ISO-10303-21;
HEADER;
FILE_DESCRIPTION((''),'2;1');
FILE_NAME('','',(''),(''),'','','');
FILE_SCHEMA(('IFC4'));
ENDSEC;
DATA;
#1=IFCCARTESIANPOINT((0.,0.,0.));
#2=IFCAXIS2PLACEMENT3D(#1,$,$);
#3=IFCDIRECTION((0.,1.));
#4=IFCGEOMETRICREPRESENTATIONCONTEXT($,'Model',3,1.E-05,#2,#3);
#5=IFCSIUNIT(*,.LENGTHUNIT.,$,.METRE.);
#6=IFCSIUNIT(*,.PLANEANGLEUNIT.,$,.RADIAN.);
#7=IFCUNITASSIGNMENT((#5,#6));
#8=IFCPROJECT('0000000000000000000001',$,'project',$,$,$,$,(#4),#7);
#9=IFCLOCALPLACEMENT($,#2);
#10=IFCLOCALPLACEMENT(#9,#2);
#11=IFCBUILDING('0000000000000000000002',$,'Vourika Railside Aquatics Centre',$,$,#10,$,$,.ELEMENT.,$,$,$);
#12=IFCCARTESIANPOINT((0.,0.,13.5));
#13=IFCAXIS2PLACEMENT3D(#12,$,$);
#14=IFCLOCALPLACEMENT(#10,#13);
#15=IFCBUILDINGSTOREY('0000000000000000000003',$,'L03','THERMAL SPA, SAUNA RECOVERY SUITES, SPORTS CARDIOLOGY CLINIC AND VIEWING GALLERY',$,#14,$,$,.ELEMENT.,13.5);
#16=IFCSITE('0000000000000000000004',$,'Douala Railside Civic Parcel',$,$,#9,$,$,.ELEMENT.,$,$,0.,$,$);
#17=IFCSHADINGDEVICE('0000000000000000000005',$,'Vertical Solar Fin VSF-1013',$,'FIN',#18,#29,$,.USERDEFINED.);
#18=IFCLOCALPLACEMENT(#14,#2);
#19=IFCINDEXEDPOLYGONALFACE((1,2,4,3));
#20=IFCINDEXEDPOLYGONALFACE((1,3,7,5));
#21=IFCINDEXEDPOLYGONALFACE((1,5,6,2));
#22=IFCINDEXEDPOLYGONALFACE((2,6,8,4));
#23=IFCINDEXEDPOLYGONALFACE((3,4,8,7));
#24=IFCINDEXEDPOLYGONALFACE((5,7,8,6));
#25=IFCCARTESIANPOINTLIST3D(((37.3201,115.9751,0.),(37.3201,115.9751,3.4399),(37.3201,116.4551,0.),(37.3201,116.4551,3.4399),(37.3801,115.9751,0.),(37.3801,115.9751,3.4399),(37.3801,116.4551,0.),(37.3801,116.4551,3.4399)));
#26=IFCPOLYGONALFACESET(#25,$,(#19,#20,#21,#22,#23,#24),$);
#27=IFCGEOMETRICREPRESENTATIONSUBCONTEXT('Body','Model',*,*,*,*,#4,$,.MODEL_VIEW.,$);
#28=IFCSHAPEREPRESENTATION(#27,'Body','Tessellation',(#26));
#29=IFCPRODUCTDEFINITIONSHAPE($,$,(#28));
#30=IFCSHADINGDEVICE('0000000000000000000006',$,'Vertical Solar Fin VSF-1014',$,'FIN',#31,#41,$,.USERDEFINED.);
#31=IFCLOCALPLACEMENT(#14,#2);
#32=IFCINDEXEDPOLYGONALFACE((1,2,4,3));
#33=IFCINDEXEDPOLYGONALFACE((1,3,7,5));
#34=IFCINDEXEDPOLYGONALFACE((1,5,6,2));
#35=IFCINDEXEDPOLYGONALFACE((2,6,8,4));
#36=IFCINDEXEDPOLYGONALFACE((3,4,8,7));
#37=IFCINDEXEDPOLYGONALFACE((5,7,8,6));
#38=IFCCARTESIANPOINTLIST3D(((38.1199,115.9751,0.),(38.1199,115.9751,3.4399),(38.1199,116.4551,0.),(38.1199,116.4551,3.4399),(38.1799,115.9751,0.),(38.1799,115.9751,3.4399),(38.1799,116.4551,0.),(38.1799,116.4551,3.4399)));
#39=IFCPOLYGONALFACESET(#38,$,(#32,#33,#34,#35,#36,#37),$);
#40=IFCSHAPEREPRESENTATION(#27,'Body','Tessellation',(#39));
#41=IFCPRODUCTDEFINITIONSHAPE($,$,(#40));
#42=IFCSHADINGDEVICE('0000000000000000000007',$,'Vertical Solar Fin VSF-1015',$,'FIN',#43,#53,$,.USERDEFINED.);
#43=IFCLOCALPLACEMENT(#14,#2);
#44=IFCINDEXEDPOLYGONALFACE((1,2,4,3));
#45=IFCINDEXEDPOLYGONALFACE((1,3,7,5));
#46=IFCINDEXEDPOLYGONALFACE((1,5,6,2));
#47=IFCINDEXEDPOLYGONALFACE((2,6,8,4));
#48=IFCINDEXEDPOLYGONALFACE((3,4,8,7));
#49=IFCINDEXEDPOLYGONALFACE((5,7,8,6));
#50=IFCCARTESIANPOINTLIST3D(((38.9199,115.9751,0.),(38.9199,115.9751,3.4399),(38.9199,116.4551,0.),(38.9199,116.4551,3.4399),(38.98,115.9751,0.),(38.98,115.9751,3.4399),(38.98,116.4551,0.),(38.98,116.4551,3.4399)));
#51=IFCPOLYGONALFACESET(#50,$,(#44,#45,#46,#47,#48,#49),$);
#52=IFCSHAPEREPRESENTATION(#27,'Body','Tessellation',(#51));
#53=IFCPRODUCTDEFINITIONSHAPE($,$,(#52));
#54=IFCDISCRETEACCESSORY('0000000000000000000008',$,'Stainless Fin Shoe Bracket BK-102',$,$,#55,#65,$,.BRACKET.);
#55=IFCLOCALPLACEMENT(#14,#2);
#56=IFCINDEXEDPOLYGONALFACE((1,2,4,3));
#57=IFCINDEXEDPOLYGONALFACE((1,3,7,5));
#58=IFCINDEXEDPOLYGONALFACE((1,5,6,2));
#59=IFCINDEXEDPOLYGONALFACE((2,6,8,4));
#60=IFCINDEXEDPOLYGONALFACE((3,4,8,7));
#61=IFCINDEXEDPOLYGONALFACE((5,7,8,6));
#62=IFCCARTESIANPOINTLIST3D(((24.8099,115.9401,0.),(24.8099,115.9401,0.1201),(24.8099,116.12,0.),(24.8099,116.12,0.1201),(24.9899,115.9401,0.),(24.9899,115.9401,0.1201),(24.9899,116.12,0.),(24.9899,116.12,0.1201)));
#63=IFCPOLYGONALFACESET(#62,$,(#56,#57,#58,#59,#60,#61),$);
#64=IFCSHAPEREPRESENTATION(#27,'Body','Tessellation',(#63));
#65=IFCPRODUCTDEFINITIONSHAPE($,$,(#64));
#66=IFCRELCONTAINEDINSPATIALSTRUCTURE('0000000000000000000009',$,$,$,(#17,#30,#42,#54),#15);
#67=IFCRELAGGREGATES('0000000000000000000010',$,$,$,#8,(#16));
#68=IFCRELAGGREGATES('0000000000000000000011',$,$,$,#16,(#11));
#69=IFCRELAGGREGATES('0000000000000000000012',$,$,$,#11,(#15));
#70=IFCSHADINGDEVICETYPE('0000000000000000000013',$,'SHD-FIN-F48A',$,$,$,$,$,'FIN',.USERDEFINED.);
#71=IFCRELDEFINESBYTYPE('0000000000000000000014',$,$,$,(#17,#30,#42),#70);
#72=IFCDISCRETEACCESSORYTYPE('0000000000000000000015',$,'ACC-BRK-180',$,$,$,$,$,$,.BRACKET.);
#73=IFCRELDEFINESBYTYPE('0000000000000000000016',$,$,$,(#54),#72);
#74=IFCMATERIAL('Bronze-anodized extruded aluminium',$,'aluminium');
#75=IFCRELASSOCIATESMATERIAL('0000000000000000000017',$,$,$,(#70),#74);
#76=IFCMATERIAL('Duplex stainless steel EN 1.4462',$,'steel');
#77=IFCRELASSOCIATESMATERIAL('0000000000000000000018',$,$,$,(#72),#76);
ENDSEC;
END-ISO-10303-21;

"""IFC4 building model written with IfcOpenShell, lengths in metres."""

from ifc_helpers import new_model, si_unit, direction, frame, origin, origin_2d, place, context, subcontext, project, spatial, rectangle, extrude, material, material_profile, profile_set, type_object, element, save


model = new_model("IFC4")

# Units and contexts
model_context = context("Model", 3, precision=1e-05, world=origin(), true_north=direction((0.0, 1.0)))
body_context = subcontext(model_context, "Body", "Model", "MODEL_VIEW")
ifc_project = project(units=[si_unit("LENGTHUNIT", "METRE"), si_unit("PLANEANGLEUNIT", "RADIAN")], contexts=[model_context])

# Site, building, storey
site_placement = place(None, origin())
site = spatial("IfcSite", under=ifc_project, at=site_placement, Name="Douala Railside Civic Parcel", CompositionType="ELEMENT", RefElevation=0.0)
building_placement = place(site_placement, origin())
building = spatial("IfcBuilding", under=site, at=building_placement, Name="Vourika Railside Aquatics Centre", CompositionType="ELEMENT")
storey_placement = place(building_placement, frame((0.0, 0.0, 13.5)))
storey = spatial("IfcBuildingStorey", under=building, at=storey_placement, Name="L03", Description="THERMAL SPA, SAUNA RECOVERY SUITES, SPORTS CARDIOLOGY CLINIC AND VIEWING GALLERY", CompositionType="ELEMENT", Elevation=13.5)

# Shared definitions
ifc_material_1 = material(Name="Duplex stainless steel EN 1.4462", Category="steel")

# Shading devices
ifc_material_2 = material(Name="Bronze-anodized extruded aluminium", Category="aluminium")
ifc_material_profile_1 = material_profile(ifc_material_2, rectangle(XDim=0.0601, YDim=0.48, at=origin_2d()), Name="ALU-FIN 60x480")
ifc_profile_set_1 = profile_set([ifc_material_profile_1], Name="Bronze-anodized extruded aluminium")
shading_device_type = type_object("IfcShadingDeviceType", Name="SHD-FIN-F48A", ElementType="FIN", PredefinedType="USERDEFINED", material=ifc_profile_set_1)
for number, where, z_axis, x_axis, name in (
    (1, (37.3501, 116.2151, 0.0), (0.0, 0.0, 1.0), (1.0, 0.0, 0.0), "Vertical Solar Fin VSF-1013"),
    (2, (38.1499, 116.2151, 0.0), (0.0, 0.0, 1.0), (1.0, 0.0, 0.0), "Vertical Solar Fin VSF-1014"),
    (3, (38.95, 116.2151, 0.0), (0.0, 0.0, 1.0), (1.0, 0.0, 0.0), "Vertical Solar Fin VSF-1015"),
):
    element("IfcShadingDevice", number, at=place(storey_placement, frame(where, z_axis=z_axis, x_axis=x_axis)), inside=storey, type_object=shading_device_type, Name=name, ObjectType="FIN", PredefinedType="USERDEFINED", context=body_context, shape_type="SweptSolid", body=[
        extrude(rectangle(XDim=0.0601, YDim=0.48, at=origin_2d()), origin(), (0.0, 0.0, 1.0), 3.4399),
    ])

# Discrete accessory
discrete_accessory_type = type_object("IfcDiscreteAccessoryType", Name="ACC-BRK-180", PredefinedType="BRACKET", material=ifc_material_1)
discrete_accessory_placement = place(storey_placement, frame((24.8999, 116.03, 0.0), z_axis=(0.0, 0.0, 1.0), x_axis=(0.0, 1.0, 0.0)))
element("IfcDiscreteAccessory", 4, at=discrete_accessory_placement, inside=storey, type_object=discrete_accessory_type, Name="Stainless Fin Shoe Bracket BK-102", PredefinedType="BRACKET", context=body_context, shape_type="SweptSolid", body=[
    extrude(rectangle(XDim=0.1799, YDim=0.1799, at=origin_2d()), origin(), (0.0, 0.0, 1.0), 0.1201),
])

save(model, "model.ifc")
